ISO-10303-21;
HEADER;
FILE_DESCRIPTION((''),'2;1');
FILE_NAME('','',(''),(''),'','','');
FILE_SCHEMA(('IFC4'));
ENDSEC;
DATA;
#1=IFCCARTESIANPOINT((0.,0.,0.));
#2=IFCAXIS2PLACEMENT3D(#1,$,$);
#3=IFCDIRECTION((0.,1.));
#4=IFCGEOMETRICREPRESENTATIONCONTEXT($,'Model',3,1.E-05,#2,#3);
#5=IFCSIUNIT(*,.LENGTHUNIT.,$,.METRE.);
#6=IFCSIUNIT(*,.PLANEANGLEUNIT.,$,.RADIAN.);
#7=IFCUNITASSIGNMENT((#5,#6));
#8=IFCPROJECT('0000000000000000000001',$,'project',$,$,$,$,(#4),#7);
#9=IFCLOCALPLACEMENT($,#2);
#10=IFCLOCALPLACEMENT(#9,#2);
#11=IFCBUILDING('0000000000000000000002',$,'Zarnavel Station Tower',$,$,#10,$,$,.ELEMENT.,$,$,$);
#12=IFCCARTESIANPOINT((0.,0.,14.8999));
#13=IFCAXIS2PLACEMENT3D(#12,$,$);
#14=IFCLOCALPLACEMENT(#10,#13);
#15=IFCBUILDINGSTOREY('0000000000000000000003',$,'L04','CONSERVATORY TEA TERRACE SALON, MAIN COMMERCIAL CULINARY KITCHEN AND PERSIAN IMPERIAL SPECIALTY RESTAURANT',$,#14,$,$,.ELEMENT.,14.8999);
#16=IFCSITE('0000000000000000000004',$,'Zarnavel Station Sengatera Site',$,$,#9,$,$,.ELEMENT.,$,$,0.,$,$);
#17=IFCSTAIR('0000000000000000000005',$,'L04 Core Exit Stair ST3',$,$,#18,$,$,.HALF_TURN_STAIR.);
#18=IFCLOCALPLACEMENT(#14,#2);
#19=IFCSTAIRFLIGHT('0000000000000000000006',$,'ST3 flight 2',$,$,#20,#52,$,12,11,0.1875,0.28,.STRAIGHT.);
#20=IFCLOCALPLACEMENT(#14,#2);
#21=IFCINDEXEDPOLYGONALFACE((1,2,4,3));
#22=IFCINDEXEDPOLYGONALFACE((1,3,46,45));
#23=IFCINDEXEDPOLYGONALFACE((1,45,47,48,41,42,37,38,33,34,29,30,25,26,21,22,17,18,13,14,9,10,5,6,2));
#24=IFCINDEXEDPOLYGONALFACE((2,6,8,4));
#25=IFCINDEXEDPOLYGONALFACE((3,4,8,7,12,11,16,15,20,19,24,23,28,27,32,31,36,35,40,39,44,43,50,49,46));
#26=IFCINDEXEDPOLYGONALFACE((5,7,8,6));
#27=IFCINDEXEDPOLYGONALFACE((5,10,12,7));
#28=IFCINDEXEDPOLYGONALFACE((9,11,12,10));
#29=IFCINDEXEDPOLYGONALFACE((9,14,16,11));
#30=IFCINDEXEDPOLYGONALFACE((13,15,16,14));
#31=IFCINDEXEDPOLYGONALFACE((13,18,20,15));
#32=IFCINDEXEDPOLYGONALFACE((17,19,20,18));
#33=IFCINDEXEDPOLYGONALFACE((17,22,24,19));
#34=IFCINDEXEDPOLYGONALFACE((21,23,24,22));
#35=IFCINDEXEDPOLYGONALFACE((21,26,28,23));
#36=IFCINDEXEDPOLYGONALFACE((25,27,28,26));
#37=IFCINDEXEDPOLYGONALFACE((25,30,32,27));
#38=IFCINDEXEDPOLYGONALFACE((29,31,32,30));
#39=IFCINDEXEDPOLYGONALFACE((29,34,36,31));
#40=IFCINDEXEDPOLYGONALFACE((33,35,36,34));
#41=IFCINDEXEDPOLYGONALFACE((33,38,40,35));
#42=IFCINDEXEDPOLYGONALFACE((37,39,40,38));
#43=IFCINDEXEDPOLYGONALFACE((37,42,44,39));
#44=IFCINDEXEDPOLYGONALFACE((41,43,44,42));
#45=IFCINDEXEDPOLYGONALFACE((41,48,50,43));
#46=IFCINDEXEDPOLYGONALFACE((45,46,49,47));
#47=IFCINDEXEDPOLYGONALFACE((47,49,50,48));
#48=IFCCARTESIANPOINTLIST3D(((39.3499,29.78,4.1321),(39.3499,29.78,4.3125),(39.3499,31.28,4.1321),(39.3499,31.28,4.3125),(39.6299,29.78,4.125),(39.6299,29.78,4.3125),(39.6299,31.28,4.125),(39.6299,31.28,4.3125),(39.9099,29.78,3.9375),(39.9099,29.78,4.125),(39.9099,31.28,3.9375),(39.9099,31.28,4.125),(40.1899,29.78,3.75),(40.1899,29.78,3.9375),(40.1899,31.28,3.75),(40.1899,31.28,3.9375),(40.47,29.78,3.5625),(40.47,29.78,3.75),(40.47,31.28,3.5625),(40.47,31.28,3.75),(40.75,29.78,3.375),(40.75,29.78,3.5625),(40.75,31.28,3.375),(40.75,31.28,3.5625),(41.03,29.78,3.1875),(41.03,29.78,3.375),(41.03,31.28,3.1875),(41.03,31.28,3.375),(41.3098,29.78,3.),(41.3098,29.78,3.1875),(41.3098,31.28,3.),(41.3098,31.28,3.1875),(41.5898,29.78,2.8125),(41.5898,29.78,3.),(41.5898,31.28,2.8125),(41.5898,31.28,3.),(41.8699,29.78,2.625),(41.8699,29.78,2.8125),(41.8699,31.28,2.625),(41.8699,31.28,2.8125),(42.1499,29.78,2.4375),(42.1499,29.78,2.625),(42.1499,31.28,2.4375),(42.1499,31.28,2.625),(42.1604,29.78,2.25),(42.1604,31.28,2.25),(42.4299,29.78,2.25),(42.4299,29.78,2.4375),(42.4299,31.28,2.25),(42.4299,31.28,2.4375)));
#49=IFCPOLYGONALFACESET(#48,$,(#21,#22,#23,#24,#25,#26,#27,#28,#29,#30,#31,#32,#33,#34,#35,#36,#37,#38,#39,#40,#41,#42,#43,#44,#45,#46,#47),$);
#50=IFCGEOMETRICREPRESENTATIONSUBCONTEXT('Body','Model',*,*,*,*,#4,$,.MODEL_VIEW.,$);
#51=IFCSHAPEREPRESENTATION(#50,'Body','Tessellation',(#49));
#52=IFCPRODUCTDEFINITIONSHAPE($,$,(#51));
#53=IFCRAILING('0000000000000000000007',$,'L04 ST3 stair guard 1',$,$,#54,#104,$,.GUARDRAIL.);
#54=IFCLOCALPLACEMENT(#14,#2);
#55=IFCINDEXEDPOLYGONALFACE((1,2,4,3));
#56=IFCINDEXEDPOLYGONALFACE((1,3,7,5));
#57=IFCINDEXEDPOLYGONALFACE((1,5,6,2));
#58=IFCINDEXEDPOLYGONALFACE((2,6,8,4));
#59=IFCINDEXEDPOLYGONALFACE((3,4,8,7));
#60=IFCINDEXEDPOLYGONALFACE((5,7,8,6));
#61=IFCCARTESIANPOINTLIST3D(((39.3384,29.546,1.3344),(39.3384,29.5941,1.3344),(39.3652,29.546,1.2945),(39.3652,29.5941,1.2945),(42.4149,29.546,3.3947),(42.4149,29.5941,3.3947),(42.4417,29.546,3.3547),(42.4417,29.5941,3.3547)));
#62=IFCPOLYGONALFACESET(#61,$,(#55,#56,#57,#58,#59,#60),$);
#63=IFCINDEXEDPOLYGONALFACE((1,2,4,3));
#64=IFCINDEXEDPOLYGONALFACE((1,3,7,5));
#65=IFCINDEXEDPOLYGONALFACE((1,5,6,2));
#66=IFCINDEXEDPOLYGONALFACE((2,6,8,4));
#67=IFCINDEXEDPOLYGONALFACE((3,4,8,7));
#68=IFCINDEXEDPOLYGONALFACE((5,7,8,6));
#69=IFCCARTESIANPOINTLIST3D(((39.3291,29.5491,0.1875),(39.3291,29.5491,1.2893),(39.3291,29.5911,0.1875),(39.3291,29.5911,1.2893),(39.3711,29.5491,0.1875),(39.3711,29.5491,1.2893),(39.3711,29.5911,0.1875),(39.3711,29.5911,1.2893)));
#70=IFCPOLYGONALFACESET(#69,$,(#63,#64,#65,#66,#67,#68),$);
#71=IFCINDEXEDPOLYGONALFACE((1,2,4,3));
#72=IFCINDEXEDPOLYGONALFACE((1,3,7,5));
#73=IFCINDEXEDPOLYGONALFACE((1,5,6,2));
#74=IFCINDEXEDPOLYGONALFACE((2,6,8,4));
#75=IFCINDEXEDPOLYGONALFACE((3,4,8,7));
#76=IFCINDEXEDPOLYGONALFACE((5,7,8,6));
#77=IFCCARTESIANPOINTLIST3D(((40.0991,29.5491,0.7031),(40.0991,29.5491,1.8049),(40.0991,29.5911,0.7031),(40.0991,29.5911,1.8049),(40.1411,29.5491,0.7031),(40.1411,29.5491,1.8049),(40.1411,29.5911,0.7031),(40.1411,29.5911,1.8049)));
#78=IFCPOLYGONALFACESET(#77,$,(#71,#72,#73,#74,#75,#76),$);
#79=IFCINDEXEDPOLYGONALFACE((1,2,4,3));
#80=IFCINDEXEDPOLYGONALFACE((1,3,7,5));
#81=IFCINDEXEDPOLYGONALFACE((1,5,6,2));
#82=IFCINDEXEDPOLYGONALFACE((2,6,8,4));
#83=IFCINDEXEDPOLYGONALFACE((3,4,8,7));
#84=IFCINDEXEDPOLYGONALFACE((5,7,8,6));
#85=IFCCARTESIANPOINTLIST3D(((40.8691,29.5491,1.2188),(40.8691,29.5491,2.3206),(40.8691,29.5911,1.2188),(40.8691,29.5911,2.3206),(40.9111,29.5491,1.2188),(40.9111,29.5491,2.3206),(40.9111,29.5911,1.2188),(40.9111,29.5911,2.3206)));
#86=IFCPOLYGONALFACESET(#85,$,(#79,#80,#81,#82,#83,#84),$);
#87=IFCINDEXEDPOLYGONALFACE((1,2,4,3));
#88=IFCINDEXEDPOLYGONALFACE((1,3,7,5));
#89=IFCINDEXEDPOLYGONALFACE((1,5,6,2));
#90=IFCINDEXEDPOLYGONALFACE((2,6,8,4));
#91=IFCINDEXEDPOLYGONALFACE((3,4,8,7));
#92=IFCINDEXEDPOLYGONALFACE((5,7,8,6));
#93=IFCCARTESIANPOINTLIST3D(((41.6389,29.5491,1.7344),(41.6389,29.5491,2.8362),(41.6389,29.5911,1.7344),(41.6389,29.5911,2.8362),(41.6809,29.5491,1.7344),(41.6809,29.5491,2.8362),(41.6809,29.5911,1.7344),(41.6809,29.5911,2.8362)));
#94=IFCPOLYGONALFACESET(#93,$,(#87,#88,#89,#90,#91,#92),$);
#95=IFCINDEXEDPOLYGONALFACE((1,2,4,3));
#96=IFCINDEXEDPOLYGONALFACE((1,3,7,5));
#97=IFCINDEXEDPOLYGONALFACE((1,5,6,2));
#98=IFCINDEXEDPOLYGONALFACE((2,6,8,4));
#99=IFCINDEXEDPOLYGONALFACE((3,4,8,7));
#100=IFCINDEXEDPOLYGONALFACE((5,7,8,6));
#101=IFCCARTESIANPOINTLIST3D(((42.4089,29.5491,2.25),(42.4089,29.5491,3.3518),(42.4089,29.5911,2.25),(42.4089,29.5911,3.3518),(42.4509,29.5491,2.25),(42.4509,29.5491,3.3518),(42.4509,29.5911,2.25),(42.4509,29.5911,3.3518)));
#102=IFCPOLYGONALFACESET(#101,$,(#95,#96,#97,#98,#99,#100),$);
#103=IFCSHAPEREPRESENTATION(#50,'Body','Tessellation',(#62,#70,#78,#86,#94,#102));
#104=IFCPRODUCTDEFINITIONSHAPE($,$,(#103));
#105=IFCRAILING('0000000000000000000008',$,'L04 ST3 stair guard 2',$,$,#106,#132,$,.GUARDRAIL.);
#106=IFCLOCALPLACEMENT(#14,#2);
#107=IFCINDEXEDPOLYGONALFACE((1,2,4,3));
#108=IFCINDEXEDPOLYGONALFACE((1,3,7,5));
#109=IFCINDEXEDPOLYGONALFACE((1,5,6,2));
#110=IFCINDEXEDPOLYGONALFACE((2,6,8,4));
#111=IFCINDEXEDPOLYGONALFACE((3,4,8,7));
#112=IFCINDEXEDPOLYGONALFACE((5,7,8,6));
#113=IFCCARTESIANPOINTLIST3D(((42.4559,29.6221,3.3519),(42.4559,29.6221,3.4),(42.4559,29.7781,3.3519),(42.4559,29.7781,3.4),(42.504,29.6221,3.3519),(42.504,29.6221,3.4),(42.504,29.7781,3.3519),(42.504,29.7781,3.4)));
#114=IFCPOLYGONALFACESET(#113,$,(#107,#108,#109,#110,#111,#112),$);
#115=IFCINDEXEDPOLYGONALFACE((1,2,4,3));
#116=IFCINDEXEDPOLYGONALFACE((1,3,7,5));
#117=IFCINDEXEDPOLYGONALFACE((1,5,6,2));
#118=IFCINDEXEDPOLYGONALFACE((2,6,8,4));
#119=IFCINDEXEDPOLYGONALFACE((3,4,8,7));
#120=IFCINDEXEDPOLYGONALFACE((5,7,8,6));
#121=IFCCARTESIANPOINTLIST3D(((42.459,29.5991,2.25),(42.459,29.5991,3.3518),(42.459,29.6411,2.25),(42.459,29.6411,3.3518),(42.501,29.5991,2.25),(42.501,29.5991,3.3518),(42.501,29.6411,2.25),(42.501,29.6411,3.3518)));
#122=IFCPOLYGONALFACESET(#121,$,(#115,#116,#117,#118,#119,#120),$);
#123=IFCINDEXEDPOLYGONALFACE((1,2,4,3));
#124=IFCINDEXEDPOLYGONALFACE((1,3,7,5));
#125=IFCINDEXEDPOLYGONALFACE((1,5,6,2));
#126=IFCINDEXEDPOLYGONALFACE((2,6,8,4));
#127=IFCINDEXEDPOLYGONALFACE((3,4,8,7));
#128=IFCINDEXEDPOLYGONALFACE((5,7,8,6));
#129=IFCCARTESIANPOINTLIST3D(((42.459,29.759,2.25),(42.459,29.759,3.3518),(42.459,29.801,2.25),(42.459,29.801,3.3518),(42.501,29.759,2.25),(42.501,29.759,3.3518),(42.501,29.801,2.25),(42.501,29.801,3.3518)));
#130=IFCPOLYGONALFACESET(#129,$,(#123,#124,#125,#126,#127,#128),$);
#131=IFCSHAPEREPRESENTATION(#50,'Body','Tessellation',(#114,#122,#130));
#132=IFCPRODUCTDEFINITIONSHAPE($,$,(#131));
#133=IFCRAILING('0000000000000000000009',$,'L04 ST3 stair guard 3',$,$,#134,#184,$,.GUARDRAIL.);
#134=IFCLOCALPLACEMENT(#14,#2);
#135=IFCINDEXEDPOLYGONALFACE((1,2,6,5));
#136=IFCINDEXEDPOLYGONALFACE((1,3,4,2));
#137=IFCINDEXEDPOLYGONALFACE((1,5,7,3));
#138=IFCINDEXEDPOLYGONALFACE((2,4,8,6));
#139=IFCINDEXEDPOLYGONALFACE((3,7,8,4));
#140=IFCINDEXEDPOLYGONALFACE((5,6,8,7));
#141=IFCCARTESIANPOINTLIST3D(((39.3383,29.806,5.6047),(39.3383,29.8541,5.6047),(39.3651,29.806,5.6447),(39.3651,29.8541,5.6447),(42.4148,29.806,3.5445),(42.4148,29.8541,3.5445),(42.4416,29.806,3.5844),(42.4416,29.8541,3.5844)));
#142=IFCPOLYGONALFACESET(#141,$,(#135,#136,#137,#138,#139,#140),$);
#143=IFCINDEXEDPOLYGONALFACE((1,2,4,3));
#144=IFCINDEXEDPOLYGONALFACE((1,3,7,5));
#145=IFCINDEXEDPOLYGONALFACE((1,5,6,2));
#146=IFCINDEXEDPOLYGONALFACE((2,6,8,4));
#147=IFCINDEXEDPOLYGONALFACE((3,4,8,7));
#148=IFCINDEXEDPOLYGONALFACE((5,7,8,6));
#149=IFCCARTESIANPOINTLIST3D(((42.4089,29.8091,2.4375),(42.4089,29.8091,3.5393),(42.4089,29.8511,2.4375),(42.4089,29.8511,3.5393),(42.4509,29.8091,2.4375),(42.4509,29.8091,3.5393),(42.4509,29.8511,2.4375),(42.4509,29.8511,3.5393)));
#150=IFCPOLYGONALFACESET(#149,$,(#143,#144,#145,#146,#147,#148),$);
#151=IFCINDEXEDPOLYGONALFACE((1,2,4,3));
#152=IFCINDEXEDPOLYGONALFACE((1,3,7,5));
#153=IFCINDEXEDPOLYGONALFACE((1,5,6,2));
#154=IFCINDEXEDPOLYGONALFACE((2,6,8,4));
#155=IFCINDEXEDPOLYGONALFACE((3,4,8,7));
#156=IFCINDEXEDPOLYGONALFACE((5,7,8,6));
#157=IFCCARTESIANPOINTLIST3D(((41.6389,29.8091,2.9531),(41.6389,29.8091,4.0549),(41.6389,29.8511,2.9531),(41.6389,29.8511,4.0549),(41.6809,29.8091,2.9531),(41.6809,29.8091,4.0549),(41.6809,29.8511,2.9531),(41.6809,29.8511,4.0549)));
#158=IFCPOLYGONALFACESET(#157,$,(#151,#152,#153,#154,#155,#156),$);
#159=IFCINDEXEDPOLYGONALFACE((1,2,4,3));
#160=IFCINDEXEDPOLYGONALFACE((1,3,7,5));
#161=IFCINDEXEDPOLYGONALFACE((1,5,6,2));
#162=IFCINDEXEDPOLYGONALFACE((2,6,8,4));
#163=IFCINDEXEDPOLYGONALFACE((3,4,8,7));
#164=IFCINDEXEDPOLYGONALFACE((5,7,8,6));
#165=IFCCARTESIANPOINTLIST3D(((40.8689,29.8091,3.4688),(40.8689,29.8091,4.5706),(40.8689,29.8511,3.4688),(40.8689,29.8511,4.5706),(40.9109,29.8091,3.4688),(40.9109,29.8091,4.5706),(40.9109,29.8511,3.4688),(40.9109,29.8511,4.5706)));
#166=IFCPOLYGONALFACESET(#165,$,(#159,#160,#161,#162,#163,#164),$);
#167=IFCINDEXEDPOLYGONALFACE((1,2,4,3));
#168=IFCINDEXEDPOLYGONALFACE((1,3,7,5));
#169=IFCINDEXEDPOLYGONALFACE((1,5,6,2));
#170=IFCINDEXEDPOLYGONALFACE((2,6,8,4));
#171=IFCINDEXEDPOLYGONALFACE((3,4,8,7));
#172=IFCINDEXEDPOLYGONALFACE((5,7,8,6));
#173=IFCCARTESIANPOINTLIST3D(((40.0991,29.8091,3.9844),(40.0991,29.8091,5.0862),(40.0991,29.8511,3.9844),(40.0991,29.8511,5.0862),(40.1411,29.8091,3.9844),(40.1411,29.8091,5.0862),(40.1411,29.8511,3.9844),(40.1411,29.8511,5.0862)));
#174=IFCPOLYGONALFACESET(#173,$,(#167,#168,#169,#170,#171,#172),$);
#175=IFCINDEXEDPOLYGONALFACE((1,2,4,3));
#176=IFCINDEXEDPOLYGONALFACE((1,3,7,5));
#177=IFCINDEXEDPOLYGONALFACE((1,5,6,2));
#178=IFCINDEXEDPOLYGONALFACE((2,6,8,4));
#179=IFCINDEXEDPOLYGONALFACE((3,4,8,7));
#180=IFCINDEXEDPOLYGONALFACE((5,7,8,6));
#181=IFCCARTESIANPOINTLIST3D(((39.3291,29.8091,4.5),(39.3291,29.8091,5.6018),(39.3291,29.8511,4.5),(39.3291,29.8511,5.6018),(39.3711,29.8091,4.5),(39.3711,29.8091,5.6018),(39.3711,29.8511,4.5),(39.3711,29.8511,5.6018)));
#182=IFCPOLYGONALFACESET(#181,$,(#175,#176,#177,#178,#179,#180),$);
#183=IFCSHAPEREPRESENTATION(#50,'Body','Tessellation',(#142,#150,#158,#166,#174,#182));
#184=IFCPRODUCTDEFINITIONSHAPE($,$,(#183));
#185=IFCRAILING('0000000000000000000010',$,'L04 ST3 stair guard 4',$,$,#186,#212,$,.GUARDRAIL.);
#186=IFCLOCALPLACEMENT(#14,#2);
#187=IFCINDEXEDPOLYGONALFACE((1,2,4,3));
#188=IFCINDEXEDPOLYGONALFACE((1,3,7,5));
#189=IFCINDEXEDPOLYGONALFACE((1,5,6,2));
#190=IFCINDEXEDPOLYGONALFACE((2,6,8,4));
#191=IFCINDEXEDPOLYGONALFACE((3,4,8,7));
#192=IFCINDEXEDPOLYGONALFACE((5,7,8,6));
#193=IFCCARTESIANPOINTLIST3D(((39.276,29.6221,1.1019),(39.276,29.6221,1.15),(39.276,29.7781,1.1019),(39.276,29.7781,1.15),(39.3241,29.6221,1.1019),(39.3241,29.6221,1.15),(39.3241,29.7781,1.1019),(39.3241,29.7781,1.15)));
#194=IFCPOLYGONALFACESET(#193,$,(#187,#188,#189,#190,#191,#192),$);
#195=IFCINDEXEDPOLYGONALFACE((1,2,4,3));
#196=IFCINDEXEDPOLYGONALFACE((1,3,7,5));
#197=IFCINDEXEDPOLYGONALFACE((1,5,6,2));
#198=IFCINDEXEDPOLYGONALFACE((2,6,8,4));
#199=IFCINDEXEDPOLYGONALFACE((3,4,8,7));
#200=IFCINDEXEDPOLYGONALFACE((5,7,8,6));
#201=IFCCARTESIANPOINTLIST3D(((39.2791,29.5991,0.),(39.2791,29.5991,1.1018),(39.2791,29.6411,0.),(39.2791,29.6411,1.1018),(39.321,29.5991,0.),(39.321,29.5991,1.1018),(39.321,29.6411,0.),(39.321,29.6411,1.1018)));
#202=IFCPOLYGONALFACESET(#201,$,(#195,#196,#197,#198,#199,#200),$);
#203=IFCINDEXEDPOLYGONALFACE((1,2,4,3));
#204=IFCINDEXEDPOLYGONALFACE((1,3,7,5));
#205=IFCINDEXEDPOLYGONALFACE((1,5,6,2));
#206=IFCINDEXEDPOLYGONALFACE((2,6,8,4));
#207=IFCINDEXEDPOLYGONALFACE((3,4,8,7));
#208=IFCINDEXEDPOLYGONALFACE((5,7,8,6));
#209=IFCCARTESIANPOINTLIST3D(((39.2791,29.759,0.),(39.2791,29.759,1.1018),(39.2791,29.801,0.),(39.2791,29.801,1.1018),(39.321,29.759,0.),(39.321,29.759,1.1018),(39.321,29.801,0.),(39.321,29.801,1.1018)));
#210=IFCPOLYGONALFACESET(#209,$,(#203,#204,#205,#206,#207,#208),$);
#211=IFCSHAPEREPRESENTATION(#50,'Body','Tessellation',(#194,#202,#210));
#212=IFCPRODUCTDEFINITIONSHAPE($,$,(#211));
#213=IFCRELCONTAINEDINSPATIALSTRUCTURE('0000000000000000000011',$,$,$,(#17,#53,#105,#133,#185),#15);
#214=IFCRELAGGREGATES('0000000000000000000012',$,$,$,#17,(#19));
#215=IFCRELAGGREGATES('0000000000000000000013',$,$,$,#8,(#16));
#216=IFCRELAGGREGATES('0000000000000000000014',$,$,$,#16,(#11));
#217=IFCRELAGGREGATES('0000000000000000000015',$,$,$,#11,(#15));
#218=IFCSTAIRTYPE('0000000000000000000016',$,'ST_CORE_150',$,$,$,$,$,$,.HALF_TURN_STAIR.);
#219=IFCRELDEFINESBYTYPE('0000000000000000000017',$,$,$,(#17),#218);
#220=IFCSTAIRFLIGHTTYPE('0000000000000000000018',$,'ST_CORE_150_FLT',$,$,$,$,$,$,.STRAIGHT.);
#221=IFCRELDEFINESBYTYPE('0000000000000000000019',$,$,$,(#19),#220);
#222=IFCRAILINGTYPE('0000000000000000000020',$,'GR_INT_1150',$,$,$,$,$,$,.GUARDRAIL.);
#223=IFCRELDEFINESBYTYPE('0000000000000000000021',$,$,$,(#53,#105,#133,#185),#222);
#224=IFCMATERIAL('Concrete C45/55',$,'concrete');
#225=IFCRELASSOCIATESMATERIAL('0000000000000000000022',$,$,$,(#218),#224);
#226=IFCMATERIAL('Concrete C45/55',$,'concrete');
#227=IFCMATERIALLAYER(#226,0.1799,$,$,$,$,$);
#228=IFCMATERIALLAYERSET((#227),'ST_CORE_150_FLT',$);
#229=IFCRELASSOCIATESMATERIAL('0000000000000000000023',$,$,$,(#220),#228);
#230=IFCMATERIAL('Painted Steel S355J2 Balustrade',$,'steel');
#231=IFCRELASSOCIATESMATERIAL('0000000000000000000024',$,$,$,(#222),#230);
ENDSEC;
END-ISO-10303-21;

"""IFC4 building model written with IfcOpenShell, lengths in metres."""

from ifc_helpers import new_model, si_unit, direction, frame, origin, origin_2d, place, context, subcontext, project, spatial, polyline, rectangle, outline, extrude, material, layer, layer_set, type_object, element, aggregate, save


model = new_model("IFC4")

# Units and contexts
model_context = context("Model", 3, precision=1e-05, world=origin(), true_north=direction((0.0, 1.0)))
body_context = subcontext(model_context, "Body", "Model", "MODEL_VIEW")
ifc_project = project(units=[si_unit("LENGTHUNIT", "METRE"), si_unit("PLANEANGLEUNIT", "RADIAN")], contexts=[model_context])

# Site, building, storey
site_placement = place(None, origin())
site = spatial("IfcSite", under=ifc_project, at=site_placement, Name="Zarnavel Station Sengatera Site", CompositionType="ELEMENT", RefElevation=0.0)
building_placement = place(site_placement, origin())
building = spatial("IfcBuilding", under=site, at=building_placement, Name="Zarnavel Station Tower", CompositionType="ELEMENT")
storey_placement = place(building_placement, frame((0.0, 0.0, 14.8999)))
storey = spatial("IfcBuildingStorey", under=building, at=storey_placement, Name="L04", Description="CONSERVATORY TEA TERRACE SALON, MAIN COMMERCIAL CULINARY KITCHEN AND PERSIAN IMPERIAL SPECIALTY RESTAURANT", CompositionType="ELEMENT", Elevation=14.8999)

# Stair, stair flight
ifc_material_1 = material(Name="Concrete C45/55", Category="concrete")
stair_type = type_object("IfcStairType", Name="ST_CORE_150", PredefinedType="HALF_TURN_STAIR", material=ifc_material_1)
stair_placement = place(storey_placement, origin())
stair = element("IfcStair", 1, at=stair_placement, inside=storey, type_object=stair_type, Name="L04 Core Exit Stair ST3", PredefinedType="HALF_TURN_STAIR")
ifc_material_2 = material(Name="Concrete C45/55", Category="concrete")
ifc_layer_1 = layer(ifc_material_2, 0.1799)
ifc_layer_set_1 = layer_set([ifc_layer_1], Name="ST_CORE_150_FLT")
stair_flight_type = type_object("IfcStairFlightType", Name="ST_CORE_150_FLT", PredefinedType="STRAIGHT", material=ifc_layer_set_1)
stair_flight_1_placement = place(storey_placement, frame((42.4299, 30.53, 2.25), z_axis=(0.0, 0.0, 1.0), x_axis=(-1.0, 0.0, 0.0)))
stair_flight_1 = element("IfcStairFlight", 2, at=stair_flight_1_placement, type_object=stair_flight_type, Name="ST3 flight 2", NumberOfRisers=12, NumberOfTreads=11, PredefinedType="STRAIGHT", RiserHeight=0.1875, TreadLength=0.28, context=body_context, shape_type="SweptSolid", body=[
    extrude(outline(polyline([(0.0, 0.0), (0.0, 0.1875), (0.28, 0.1875), (0.28, 0.375), (0.5601, 0.375), (0.5601, 0.5625), (0.8401, 0.5625), (0.8401, 0.75), (1.1201, 0.75), (1.1201, 0.9375), (1.3999, 0.9375), (1.3999, 1.125), (1.6799, 1.125), (1.6799, 1.3125), (1.96, 1.3125), (1.96, 1.5), (2.24, 1.5), (2.24, 1.6875), (2.52, 1.6875), (2.52, 1.875), (2.8, 1.875), (2.8, 2.0625), (3.0801, 2.0625), (3.0801, 2.25), (3.0801, 1.8821), (0.2695, 0.0), (0.0, 0.0)])), frame((0.0, 0.75, 0.0), z_axis=(0.0, -1.0, 0.0), x_axis=(1.0, 0.0, 0.0)), (0.0, 0.0, 1.0), 1.5),
])
aggregate(stair, [stair_flight_1])

# Railings
ifc_material_3 = material(Name="Painted Steel S355J2 Balustrade", Category="steel")
railing_type_1 = type_object("IfcRailingType", Name="GR_INT_1150", PredefinedType="GUARDRAIL", material=ifc_material_3)
railing_1_placement = place(storey_placement, frame((39.3501, 29.5701, 0.1875)))
element("IfcRailing", 3, at=railing_1_placement, inside=storey, type_object=railing_type_1, Name="L04 ST3 stair guard 1", PredefinedType="GUARDRAIL", context=body_context, shape_type="SweptSolid", body=[
    extrude(rectangle(XDim=0.0481, YDim=0.0481, at=origin_2d()), frame((0.0017, 0.0, 1.127), z_axis=(0.830893, 0.0, 0.556432), x_axis=(0.0, 1.0, 0.0)), (0.0, 0.0, 1.0), 3.7026),
    extrude(rectangle(XDim=0.042, YDim=0.042, at=origin_2d()), origin(), (0.0, 0.0, 1.0), 1.1018),
    extrude(rectangle(XDim=0.042, YDim=0.042, at=origin_2d()), frame((0.77, 0.0, 0.5156)), (0.0, 0.0, 1.0), 1.1018),
    extrude(rectangle(XDim=0.042, YDim=0.042, at=origin_2d()), frame((1.54, 0.0, 1.0312)), (0.0, 0.0, 1.0), 1.1018),
    extrude(rectangle(XDim=0.042, YDim=0.042, at=origin_2d()), frame((2.3098, 0.0, 1.5469)), (0.0, 0.0, 1.0), 1.1018),
    extrude(rectangle(XDim=0.042, YDim=0.042, at=origin_2d()), frame((3.0798, 0.0, 2.0625)), (0.0, 0.0, 1.0), 1.1018),
])
railing_2_placement = place(storey_placement, frame((42.48, 29.6201, 2.25)))
element("IfcRailing", 4, at=railing_2_placement, inside=storey, type_object=railing_type_1, Name="L04 ST3 stair guard 2", PredefinedType="GUARDRAIL", context=body_context, shape_type="SweptSolid", body=[
    extrude(rectangle(XDim=0.0481, YDim=0.0481, at=origin_2d()), frame((0.0, 0.002, 1.126), z_axis=(0.0, 1.0, 0.0), x_axis=(-1.0, 0.0, 0.0)), (0.0, 0.0, 1.0), 0.156),
    extrude(rectangle(XDim=0.042, YDim=0.042, at=origin_2d()), origin(), (0.0, 0.0, 1.0), 1.1018),
    extrude(rectangle(XDim=0.042, YDim=0.042, at=origin_2d()), frame((0.0, 0.1599, 0.0)), (0.0, 0.0, 1.0), 1.1018),
])
railing_3_placement = place(storey_placement, frame((42.4299, 29.8301, 2.4375)))
element("IfcRailing", 5, at=railing_3_placement, inside=storey, type_object=railing_type_1, Name="L04 ST3 stair guard 3", PredefinedType="GUARDRAIL", context=body_context, shape_type="SweptSolid", body=[
    extrude(rectangle(XDim=0.0481, YDim=0.0481, at=origin_2d()), frame((-0.0017, 0.0, 1.127), z_axis=(-0.830893, 0.0, 0.556432), x_axis=(0.0, -1.0, 0.0)), (0.0, 0.0, 1.0), 3.7026),
    extrude(rectangle(XDim=0.042, YDim=0.042, at=origin_2d()), origin(), (0.0, 0.0, 1.0), 1.1018),
    extrude(rectangle(XDim=0.042, YDim=0.042, at=origin_2d()), frame((-0.77, 0.0, 0.5156)), (0.0, 0.0, 1.0), 1.1018),
    extrude(rectangle(XDim=0.042, YDim=0.042, at=origin_2d()), frame((-1.54, 0.0, 1.0312)), (0.0, 0.0, 1.0), 1.1018),
    extrude(rectangle(XDim=0.042, YDim=0.042, at=origin_2d()), frame((-2.3098, 0.0, 1.5469)), (0.0, 0.0, 1.0), 1.1018),
    extrude(rectangle(XDim=0.042, YDim=0.042, at=origin_2d()), frame((-3.0798, 0.0, 2.0625)), (0.0, 0.0, 1.0), 1.1018),
])
railing_4_placement = place(storey_placement, frame((39.3, 29.6201, 0.0)))
element("IfcRailing", 6, at=railing_4_placement, inside=storey, type_object=railing_type_1, Name="L04 ST3 stair guard 4", PredefinedType="GUARDRAIL", context=body_context, shape_type="SweptSolid", body=[
    extrude(rectangle(XDim=0.0481, YDim=0.0481, at=origin_2d()), frame((0.0, 0.002, 1.126), z_axis=(0.0, 1.0, 0.0), x_axis=(-1.0, 0.0, 0.0)), (0.0, 0.0, 1.0), 0.156),
    extrude(rectangle(XDim=0.042, YDim=0.042, at=origin_2d()), origin(), (0.0, 0.0, 1.0), 1.1018),
    extrude(rectangle(XDim=0.042, YDim=0.042, at=origin_2d()), frame((0.0, 0.1599, 0.0)), (0.0, 0.0, 1.0), 1.1018),
])

save(model, "model.ifc")
